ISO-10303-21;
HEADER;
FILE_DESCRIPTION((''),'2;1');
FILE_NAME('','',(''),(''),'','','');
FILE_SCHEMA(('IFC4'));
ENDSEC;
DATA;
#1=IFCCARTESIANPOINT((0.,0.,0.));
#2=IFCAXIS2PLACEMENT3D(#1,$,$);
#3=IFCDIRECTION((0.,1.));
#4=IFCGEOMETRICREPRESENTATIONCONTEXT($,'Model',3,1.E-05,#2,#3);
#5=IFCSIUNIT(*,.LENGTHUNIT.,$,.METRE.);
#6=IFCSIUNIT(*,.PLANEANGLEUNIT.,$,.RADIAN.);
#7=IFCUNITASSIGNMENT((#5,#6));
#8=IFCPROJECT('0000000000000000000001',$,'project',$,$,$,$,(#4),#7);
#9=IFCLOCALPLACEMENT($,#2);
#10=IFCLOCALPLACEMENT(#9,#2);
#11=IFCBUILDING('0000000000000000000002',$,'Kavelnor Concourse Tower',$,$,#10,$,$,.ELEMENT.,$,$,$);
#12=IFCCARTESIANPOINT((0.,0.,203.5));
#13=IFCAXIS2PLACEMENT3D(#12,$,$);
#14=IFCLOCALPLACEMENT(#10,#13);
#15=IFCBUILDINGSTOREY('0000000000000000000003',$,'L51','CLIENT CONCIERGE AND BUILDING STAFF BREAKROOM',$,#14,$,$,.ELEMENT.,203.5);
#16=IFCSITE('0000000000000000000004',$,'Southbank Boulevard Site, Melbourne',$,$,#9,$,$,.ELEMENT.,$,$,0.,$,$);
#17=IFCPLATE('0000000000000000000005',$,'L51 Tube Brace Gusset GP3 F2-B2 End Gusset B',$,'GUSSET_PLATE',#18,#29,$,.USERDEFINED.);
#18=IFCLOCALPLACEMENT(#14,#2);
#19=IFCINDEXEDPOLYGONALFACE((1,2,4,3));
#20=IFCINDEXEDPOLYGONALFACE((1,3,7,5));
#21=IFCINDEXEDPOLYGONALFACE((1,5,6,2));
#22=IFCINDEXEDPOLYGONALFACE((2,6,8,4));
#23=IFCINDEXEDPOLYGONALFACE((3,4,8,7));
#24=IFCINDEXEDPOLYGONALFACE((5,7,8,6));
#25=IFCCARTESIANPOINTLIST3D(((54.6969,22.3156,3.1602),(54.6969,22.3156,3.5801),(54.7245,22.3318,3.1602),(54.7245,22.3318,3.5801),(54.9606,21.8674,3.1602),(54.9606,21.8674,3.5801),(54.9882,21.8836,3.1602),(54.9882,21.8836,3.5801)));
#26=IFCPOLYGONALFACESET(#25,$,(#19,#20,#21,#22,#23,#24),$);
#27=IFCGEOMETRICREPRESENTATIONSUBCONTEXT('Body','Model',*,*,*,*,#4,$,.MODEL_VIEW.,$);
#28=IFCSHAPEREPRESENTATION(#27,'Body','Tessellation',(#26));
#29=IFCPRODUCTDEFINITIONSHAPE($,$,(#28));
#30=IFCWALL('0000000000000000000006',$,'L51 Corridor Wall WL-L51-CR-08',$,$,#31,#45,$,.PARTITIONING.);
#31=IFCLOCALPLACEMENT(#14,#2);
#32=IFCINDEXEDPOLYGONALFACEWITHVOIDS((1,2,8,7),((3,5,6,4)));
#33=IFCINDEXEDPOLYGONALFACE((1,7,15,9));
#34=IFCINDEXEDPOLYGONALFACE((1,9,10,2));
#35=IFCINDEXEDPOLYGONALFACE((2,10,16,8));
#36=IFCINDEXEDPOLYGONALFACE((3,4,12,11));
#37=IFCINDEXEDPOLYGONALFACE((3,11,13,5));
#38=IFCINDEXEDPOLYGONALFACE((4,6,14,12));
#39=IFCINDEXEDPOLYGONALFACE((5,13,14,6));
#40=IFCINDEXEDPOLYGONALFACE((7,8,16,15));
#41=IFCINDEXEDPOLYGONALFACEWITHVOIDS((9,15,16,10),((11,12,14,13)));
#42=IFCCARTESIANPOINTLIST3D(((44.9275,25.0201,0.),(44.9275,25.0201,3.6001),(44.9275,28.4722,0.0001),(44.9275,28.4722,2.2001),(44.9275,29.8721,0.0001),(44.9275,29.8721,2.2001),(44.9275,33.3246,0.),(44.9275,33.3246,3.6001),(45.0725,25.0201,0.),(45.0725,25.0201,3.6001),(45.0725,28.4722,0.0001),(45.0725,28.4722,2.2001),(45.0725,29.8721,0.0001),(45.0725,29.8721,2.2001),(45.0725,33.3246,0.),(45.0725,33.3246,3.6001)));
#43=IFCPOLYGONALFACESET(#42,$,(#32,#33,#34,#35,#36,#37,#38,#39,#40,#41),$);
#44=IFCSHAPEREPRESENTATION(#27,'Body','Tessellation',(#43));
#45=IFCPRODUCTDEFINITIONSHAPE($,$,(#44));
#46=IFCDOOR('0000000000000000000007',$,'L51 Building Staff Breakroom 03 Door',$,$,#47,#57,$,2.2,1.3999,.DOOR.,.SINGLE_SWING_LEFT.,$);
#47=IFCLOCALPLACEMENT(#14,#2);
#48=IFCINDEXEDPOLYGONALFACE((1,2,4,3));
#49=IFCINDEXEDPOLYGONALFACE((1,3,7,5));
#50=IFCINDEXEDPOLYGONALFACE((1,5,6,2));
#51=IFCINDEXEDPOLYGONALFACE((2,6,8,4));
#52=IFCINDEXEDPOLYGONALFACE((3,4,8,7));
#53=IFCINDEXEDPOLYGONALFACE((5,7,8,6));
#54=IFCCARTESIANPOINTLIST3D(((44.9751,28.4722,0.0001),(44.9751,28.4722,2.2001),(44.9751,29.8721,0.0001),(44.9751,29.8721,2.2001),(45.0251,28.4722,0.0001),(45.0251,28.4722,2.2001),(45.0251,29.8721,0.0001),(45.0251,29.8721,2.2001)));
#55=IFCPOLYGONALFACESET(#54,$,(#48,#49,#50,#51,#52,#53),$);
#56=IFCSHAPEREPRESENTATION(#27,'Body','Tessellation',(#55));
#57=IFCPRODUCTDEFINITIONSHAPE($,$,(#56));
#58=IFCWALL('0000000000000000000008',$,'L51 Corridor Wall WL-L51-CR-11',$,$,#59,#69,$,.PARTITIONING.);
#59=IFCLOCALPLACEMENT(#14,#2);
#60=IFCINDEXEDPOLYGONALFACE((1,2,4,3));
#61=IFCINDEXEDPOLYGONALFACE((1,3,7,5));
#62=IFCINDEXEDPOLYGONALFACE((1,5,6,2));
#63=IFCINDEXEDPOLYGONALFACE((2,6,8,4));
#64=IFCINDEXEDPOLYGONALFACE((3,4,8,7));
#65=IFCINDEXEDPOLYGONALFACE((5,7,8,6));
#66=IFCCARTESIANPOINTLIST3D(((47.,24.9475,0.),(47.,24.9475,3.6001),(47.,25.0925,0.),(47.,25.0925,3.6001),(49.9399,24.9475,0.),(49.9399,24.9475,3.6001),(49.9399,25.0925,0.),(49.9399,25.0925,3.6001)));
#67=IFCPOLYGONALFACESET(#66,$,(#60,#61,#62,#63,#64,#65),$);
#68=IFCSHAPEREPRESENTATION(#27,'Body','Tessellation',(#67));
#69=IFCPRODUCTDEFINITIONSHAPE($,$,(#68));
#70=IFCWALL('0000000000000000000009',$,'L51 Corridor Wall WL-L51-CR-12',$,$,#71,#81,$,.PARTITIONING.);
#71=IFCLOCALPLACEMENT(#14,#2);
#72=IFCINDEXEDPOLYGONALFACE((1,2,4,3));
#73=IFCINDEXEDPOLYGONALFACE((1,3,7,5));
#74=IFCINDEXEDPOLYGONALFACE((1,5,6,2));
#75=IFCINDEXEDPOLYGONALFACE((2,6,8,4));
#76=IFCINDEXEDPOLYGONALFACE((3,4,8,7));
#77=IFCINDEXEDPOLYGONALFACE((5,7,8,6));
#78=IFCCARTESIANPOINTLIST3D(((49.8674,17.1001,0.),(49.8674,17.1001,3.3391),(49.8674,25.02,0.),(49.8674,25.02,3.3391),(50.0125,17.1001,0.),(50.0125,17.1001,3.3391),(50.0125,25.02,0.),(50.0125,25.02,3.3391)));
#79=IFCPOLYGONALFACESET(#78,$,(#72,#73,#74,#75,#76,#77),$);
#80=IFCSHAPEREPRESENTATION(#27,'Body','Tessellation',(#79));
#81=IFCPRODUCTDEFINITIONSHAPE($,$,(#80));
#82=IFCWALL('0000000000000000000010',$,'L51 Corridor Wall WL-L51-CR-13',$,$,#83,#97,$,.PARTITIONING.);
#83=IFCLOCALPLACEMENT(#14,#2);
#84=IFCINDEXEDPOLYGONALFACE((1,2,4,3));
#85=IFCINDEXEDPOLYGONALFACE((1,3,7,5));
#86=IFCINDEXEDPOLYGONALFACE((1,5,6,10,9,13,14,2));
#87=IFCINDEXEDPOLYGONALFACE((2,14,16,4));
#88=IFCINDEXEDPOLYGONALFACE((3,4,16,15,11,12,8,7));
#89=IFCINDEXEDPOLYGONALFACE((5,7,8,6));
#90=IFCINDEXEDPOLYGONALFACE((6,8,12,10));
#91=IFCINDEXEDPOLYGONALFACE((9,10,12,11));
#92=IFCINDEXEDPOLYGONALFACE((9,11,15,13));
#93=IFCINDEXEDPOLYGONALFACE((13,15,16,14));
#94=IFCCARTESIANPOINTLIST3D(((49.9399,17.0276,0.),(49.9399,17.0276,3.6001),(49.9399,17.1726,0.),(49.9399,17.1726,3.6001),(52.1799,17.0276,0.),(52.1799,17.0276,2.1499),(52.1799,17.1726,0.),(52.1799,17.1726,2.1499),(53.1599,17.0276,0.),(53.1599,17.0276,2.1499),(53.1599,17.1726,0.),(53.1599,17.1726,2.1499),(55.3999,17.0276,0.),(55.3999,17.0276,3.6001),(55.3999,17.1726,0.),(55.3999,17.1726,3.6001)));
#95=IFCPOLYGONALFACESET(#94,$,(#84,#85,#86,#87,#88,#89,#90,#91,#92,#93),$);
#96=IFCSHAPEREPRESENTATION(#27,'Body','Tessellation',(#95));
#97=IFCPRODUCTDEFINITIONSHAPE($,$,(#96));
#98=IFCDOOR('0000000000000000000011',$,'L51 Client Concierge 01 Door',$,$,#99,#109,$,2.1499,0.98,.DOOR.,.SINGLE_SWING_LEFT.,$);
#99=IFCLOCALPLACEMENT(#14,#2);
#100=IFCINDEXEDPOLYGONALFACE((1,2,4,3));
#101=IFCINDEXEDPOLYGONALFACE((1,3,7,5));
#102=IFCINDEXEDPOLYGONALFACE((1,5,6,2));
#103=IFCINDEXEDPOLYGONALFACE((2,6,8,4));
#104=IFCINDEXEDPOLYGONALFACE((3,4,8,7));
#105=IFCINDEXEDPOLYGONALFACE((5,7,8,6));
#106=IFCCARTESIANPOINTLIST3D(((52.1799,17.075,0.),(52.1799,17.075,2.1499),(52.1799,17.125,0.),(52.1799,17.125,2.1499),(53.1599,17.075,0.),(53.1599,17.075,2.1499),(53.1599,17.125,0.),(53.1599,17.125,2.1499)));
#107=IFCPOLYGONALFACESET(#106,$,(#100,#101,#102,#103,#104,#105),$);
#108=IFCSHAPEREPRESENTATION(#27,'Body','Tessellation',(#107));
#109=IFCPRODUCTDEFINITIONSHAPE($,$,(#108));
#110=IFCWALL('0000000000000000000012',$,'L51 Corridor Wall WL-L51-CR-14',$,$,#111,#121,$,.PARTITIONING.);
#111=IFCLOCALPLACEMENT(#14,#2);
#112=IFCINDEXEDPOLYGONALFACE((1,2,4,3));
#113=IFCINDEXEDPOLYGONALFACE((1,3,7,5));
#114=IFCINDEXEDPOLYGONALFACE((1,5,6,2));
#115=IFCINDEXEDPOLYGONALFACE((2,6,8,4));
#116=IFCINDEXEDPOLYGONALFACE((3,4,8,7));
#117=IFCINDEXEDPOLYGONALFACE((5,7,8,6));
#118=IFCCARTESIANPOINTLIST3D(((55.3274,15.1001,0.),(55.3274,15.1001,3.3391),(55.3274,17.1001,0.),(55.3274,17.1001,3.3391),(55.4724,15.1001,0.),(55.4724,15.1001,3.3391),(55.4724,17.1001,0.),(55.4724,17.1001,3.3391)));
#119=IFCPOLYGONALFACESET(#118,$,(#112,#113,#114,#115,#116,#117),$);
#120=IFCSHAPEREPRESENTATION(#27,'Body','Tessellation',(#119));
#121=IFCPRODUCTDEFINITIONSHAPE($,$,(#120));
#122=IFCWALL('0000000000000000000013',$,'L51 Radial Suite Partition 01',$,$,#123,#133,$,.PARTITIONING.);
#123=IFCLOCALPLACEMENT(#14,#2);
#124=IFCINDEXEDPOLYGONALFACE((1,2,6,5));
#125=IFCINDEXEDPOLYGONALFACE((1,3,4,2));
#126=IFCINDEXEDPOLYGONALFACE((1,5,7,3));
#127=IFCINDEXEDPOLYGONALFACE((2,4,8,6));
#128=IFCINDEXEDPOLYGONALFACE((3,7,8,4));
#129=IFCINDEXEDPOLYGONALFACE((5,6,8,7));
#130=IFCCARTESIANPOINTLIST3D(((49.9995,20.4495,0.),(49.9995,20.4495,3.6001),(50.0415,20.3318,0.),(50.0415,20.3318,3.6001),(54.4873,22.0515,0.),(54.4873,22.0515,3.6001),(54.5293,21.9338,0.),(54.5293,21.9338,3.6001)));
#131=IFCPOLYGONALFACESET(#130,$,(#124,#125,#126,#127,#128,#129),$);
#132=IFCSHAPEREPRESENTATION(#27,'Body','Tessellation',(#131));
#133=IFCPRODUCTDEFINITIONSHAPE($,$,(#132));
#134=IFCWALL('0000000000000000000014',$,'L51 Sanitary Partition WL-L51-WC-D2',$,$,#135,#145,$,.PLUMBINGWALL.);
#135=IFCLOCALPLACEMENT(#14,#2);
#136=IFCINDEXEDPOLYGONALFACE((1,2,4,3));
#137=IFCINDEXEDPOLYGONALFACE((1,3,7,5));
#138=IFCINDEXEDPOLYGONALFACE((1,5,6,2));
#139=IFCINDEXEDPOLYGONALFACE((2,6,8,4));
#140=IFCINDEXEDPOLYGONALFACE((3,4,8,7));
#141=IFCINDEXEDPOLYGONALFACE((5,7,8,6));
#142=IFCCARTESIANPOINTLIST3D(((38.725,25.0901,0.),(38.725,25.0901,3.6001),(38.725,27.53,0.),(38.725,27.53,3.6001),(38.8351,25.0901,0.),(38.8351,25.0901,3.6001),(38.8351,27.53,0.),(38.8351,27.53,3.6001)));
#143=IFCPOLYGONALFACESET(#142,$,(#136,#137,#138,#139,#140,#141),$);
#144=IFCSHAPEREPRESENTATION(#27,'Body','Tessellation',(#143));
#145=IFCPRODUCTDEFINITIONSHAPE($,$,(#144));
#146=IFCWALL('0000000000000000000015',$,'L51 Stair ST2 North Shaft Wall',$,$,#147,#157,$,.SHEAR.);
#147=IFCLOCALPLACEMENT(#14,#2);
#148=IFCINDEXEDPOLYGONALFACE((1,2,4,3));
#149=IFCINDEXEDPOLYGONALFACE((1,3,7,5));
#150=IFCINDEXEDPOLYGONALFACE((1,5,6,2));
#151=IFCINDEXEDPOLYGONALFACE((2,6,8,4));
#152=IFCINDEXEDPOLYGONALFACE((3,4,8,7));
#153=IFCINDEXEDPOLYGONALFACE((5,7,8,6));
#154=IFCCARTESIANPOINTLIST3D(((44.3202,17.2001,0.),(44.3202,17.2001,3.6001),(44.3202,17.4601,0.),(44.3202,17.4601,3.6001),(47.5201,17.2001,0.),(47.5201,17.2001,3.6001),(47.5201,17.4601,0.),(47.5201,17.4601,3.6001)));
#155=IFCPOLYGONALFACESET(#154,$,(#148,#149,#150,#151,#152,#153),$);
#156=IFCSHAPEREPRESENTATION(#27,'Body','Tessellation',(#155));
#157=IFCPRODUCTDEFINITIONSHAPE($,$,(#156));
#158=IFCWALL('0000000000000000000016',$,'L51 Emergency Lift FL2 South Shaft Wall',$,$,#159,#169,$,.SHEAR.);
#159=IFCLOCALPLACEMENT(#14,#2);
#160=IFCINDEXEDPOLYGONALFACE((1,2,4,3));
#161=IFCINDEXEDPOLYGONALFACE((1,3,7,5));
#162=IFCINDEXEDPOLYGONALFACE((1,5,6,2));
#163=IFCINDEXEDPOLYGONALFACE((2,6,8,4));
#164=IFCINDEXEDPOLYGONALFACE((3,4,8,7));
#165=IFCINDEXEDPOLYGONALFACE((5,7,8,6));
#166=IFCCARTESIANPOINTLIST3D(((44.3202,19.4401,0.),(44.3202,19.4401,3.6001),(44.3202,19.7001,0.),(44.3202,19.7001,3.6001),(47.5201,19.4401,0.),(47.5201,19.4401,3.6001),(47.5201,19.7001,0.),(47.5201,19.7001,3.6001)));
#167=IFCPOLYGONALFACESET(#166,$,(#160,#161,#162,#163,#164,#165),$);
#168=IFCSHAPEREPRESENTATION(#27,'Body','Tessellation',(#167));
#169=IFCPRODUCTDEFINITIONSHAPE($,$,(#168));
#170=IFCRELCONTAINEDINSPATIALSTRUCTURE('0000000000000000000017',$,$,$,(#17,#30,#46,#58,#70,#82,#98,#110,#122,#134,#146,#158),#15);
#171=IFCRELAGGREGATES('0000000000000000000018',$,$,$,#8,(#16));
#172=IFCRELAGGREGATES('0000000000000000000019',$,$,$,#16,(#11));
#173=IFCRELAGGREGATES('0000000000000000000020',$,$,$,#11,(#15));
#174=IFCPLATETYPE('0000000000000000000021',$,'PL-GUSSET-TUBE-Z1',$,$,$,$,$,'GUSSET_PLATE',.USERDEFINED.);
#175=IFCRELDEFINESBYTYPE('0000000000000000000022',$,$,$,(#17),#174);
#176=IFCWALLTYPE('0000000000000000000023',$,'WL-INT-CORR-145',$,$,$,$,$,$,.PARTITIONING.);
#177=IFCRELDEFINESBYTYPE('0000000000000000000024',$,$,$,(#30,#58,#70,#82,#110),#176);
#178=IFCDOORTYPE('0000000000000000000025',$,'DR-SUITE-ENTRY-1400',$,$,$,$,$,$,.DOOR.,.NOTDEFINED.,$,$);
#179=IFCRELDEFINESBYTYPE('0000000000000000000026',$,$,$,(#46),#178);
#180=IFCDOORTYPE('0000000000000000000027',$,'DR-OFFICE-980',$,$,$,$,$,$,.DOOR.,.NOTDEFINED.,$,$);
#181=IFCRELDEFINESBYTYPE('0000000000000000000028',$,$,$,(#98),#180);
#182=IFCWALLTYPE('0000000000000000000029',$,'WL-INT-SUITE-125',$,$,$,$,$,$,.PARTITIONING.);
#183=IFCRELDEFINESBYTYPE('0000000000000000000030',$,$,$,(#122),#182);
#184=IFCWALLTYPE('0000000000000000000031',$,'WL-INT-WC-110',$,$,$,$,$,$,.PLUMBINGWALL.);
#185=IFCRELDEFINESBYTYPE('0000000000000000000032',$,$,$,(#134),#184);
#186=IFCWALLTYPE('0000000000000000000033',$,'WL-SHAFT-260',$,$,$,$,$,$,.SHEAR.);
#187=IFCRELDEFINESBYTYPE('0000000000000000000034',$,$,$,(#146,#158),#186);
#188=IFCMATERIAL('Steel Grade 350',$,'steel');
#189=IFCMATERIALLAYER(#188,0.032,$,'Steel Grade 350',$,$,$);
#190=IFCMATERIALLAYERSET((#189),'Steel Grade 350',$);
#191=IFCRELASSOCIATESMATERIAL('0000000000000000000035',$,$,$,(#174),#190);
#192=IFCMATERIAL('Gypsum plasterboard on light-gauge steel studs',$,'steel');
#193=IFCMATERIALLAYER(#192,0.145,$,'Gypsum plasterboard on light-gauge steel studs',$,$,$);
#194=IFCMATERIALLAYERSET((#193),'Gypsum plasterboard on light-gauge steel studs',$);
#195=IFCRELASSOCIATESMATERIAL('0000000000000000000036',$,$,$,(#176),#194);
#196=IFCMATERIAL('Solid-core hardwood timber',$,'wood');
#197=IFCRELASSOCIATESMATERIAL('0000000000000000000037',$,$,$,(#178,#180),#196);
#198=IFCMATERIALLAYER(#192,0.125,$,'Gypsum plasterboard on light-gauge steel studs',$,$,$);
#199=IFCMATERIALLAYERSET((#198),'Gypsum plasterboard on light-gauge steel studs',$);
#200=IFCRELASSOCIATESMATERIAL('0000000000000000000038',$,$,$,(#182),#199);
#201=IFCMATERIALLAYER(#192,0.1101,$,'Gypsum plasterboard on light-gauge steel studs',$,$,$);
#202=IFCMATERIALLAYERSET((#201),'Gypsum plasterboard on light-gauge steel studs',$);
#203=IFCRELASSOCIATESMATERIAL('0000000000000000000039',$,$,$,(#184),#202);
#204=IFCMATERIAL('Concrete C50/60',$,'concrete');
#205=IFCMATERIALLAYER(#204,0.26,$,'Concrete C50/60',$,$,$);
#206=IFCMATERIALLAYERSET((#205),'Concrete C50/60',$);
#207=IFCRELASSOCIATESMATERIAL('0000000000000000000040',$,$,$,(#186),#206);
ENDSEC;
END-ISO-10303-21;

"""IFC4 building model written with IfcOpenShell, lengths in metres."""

from ifc_helpers import new_model, si_unit, direction, frame, frame_2d, origin, origin_2d, place, context, subcontext, project, spatial, rectangle, extrude, material, layer, layer_set, type_object, element, fill, save


model = new_model("IFC4")

# Units and contexts
model_context = context("Model", 3, precision=1e-05, world=origin(), true_north=direction((0.0, 1.0)))
body_context = subcontext(model_context, "Body", "Model", "MODEL_VIEW")
ifc_project = project(units=[si_unit("LENGTHUNIT", "METRE"), si_unit("PLANEANGLEUNIT", "RADIAN")], contexts=[model_context])

# Site, building, storey
site_placement = place(None, origin())
site = spatial("IfcSite", under=ifc_project, at=site_placement, Name="Southbank Boulevard Site, Melbourne", CompositionType="ELEMENT", RefElevation=0.0)
building_placement = place(site_placement, origin())
building = spatial("IfcBuilding", under=site, at=building_placement, Name="Kavelnor Concourse Tower", CompositionType="ELEMENT")
storey_placement = place(building_placement, frame((0.0, 0.0, 203.5)))
storey = spatial("IfcBuildingStorey", under=building, at=storey_placement, Name="L51", Description="CLIENT CONCIERGE AND BUILDING STAFF BREAKROOM", CompositionType="ELEMENT", Elevation=203.5)

# Shared definitions
ifc_material_1 = material(Name="Steel Grade 350", Category="steel")

# Plate
ifc_layer_1 = layer(ifc_material_1, 0.032, Name="Steel Grade 350")
ifc_layer_set_1 = layer_set([ifc_layer_1], Name="Steel Grade 350")
plate_type_1 = type_object("IfcPlateType", Name="PL-GUSSET-TUBE-Z1", ElementType="GUSSET_PLATE", PredefinedType="USERDEFINED", material=ifc_layer_set_1)
plate_placement = place(storey_placement, frame((54.8425, 22.0996, 3.1602), z_axis=(0.0, 0.0, 1.0), x_axis=(0.507087, -0.861895, 0.0)))
element("IfcPlate", 1, at=plate_placement, inside=storey, type_object=plate_type_1, Name="L51 Tube Brace Gusset GP3 F2-B2 End Gusset B", ObjectType="GUSSET_PLATE", PredefinedType="USERDEFINED", context=body_context, shape_type="SweptSolid", body=[
    extrude(rectangle(XDim=0.52, YDim=0.032, at=origin_2d()), origin(), (0.0, 0.0, 1.0), 0.4199),
])

# Wall, opening, door
ifc_material_2 = material(Name="Gypsum plasterboard on light-gauge steel studs", Category="steel")
ifc_layer_2 = layer(ifc_material_2, 0.145, Name="Gypsum plasterboard on light-gauge steel studs")
ifc_layer_set_2 = layer_set([ifc_layer_2], Name="Gypsum plasterboard on light-gauge steel studs")
wall_type_1 = type_object("IfcWallType", Name="WL-INT-CORR-145", PredefinedType="PARTITIONING", material=ifc_layer_set_2)
wall_1_placement = place(storey_placement, frame((45.0, 25.02, 0.0), z_axis=(0.0, 0.0, 1.0), x_axis=(0.0, 1.0, 0.0)))
wall_1 = element("IfcWall", 2, at=wall_1_placement, inside=storey, type_object=wall_type_1, Name="L51 Corridor Wall WL-L51-CR-08", PredefinedType="PARTITIONING", context=body_context, shape_type="SweptSolid", body=[
    extrude(rectangle(XDim=8.3044, YDim=0.145, at=frame_2d((4.1523, 0.0))), origin(), (0.0, 0.0, 1.0), 3.6001),
])
opening_1_placement = place(wall_1_placement, frame((3.4521, 0.0, 0.0)))
opening_1 = element("IfcOpeningElement", 3, at=opening_1_placement, cuts=wall_1, PredefinedType="OPENING", context=body_context, shape_type="SweptSolid", body=[
    extrude(rectangle(XDim=1.3999, YDim=2.2, at=frame_2d((0.7, 1.1001))), frame((0.0, 0.0825, 0.0), z_axis=(0.0, -1.0, 0.0), x_axis=(1.0, 0.0, 0.0)), (0.0, 0.0, 1.0), 0.165),
])
ifc_material_3 = material(Name="Solid-core hardwood timber", Category="wood")
door_type_1 = type_object("IfcDoorType", Name="DR-SUITE-ENTRY-1400", OperationType="NOTDEFINED", PredefinedType="DOOR", material=ifc_material_3)
door_1_placement = place(opening_1_placement, origin())
door_1 = element("IfcDoor", 4, at=door_1_placement, inside=storey, type_object=door_type_1, Name="L51 Building Staff Breakroom 03 Door", OperationType="SINGLE_SWING_LEFT", OverallHeight=2.2, OverallWidth=1.3999, PredefinedType="DOOR", context=body_context, shape_type="SweptSolid", body=[
    extrude(rectangle(XDim=1.3999, YDim=2.2, at=frame_2d((0.7, 1.1001))), frame((0.0, 0.0249, 0.0), z_axis=(0.0, -1.0, 0.0), x_axis=(1.0, 0.0, 0.0)), (0.0, 0.0, 1.0), 0.05),
])
fill(opening_1, door_1)

# Walls
wall_2_placement = place(storey_placement, frame((47.0, 25.02, 0.0), z_axis=(0.0, 0.0, 1.0), x_axis=(1.0, 0.0, 0.0)))
element("IfcWall", 5, at=wall_2_placement, inside=storey, type_object=wall_type_1, Name="L51 Corridor Wall WL-L51-CR-11", PredefinedType="PARTITIONING", context=body_context, shape_type="SweptSolid", body=[
    extrude(rectangle(XDim=2.9399, YDim=0.145, at=frame_2d((1.47, 0.0))), origin(), (0.0, 0.0, 1.0), 3.6001),
])
wall_3_placement = place(storey_placement, frame((49.9399, 25.02, 0.0), z_axis=(0.0, 0.0, 1.0), x_axis=(0.0, -1.0, 0.0)))
element("IfcWall", 6, at=wall_3_placement, inside=storey, type_object=wall_type_1, Name="L51 Corridor Wall WL-L51-CR-12", PredefinedType="PARTITIONING", context=body_context, shape_type="SweptSolid", body=[
    extrude(rectangle(XDim=7.9199, YDim=0.145, at=frame_2d((3.96, 0.0))), origin(), (0.0, 0.0, 1.0), 3.3391),
])

# Wall, opening, door
wall_4_placement = place(storey_placement, frame((49.9399, 17.1001, 0.0), z_axis=(0.0, 0.0, 1.0), x_axis=(1.0, 0.0, 0.0)))
wall_4 = element("IfcWall", 7, at=wall_4_placement, inside=storey, type_object=wall_type_1, Name="L51 Corridor Wall WL-L51-CR-13", PredefinedType="PARTITIONING", context=body_context, shape_type="SweptSolid", body=[
    extrude(rectangle(XDim=5.46, YDim=0.145, at=frame_2d((2.73, 0.0))), origin(), (0.0, 0.0, 1.0), 3.6001),
])
opening_2_placement = place(wall_4_placement, frame((2.24, 0.0, 0.0)))
opening_2 = element("IfcOpeningElement", 8, at=opening_2_placement, cuts=wall_4, PredefinedType="OPENING", context=body_context, shape_type="SweptSolid", body=[
    extrude(rectangle(XDim=0.98, YDim=2.1499, at=frame_2d((0.49, 1.075))), frame((0.0, 0.0825, 0.0), z_axis=(0.0, -1.0, 0.0), x_axis=(1.0, 0.0, 0.0)), (0.0, 0.0, 1.0), 0.165),
])
door_type_2 = type_object("IfcDoorType", Name="DR-OFFICE-980", OperationType="NOTDEFINED", PredefinedType="DOOR", material=ifc_material_3)
door_2_placement = place(opening_2_placement, origin())
door_2 = element("IfcDoor", 9, at=door_2_placement, inside=storey, type_object=door_type_2, Name="L51 Client Concierge 01 Door", OperationType="SINGLE_SWING_LEFT", OverallHeight=2.1499, OverallWidth=0.98, PredefinedType="DOOR", context=body_context, shape_type="SweptSolid", body=[
    extrude(rectangle(XDim=0.98, YDim=2.1499, at=frame_2d((0.49, 1.075))), frame((0.0, 0.0249, 0.0), z_axis=(0.0, -1.0, 0.0), x_axis=(1.0, 0.0, 0.0)), (0.0, 0.0, 1.0), 0.05),
])
fill(opening_2, door_2)

# Walls
wall_5_placement = place(storey_placement, frame((55.3999, 17.1001, 0.0), z_axis=(0.0, 0.0, 1.0), x_axis=(0.0, -1.0, 0.0)))
element("IfcWall", 10, at=wall_5_placement, inside=storey, type_object=wall_type_1, Name="L51 Corridor Wall WL-L51-CR-14", PredefinedType="PARTITIONING", context=body_context, shape_type="SweptSolid", body=[
    extrude(rectangle(XDim=2.0, YDim=0.145, at=frame_2d((1.0, 0.0))), origin(), (0.0, 0.0, 1.0), 3.3391),
])
ifc_layer_3 = layer(ifc_material_2, 0.125, Name="Gypsum plasterboard on light-gauge steel studs")
ifc_layer_set_3 = layer_set([ifc_layer_3], Name="Gypsum plasterboard on light-gauge steel studs")
wall_type_2 = type_object("IfcWallType", Name="WL-INT-SUITE-125", PredefinedType="PARTITIONING", material=ifc_layer_set_3)
wall_6_placement = place(storey_placement, frame((50.0205, 20.3906, 0.0), z_axis=(0.0, 0.0, 1.0), x_axis=(0.941791, 0.3362, 0.0)))
element("IfcWall", 11, at=wall_6_placement, inside=storey, type_object=wall_type_2, Name="L51 Radial Suite Partition 01", PredefinedType="PARTITIONING", context=body_context, shape_type="SweptSolid", body=[
    extrude(rectangle(XDim=4.7651, YDim=0.125, at=frame_2d((2.3826, 0.0))), origin(), (0.0, 0.0, 1.0), 3.6001),
])
ifc_layer_4 = layer(ifc_material_2, 0.1101, Name="Gypsum plasterboard on light-gauge steel studs")
ifc_layer_set_4 = layer_set([ifc_layer_4], Name="Gypsum plasterboard on light-gauge steel studs")
wall_type_3 = type_object("IfcWallType", Name="WL-INT-WC-110", PredefinedType="PLUMBINGWALL", material=ifc_layer_set_4)
wall_7_placement = place(storey_placement, frame((38.78, 25.0901, 0.0), z_axis=(0.0, 0.0, 1.0), x_axis=(0.0, 1.0, 0.0)))
element("IfcWall", 12, at=wall_7_placement, inside=storey, type_object=wall_type_3, Name="L51 Sanitary Partition WL-L51-WC-D2", PredefinedType="PLUMBINGWALL", context=body_context, shape_type="SweptSolid", body=[
    extrude(rectangle(XDim=2.4399, YDim=0.1101, at=frame_2d((1.22, 0.0))), origin(), (0.0, 0.0, 1.0), 3.6001),
])
ifc_material_4 = material(Name="Concrete C50/60", Category="concrete")
ifc_layer_5 = layer(ifc_material_4, 0.26, Name="Concrete C50/60")
ifc_layer_set_5 = layer_set([ifc_layer_5], Name="Concrete C50/60")
wall_type_4 = type_object("IfcWallType", Name="WL-SHAFT-260", PredefinedType="SHEAR", material=ifc_layer_set_5)
for number, where, z_axis, x_axis, name in (
    (13, (44.3201, 17.3301, 0.0), (0.0, 0.0, 1.0), (1.0, 0.0, 0.0), "L51 Stair ST2 North Shaft Wall"),
    (14, (44.3201, 19.5701, 0.0), (0.0, 0.0, 1.0), (1.0, 0.0, 0.0), "L51 Emergency Lift FL2 South Shaft Wall"),
):
    element("IfcWall", number, at=place(storey_placement, frame(where, z_axis=z_axis, x_axis=x_axis)), inside=storey, type_object=wall_type_4, Name=name, PredefinedType="SHEAR", context=body_context, shape_type="SweptSolid", body=[
        extrude(rectangle(XDim=3.2, YDim=0.26, at=frame_2d((1.6001, 0.0))), origin(), (0.0, 0.0, 1.0), 3.6001),
    ])

save(model, "model.ifc")
